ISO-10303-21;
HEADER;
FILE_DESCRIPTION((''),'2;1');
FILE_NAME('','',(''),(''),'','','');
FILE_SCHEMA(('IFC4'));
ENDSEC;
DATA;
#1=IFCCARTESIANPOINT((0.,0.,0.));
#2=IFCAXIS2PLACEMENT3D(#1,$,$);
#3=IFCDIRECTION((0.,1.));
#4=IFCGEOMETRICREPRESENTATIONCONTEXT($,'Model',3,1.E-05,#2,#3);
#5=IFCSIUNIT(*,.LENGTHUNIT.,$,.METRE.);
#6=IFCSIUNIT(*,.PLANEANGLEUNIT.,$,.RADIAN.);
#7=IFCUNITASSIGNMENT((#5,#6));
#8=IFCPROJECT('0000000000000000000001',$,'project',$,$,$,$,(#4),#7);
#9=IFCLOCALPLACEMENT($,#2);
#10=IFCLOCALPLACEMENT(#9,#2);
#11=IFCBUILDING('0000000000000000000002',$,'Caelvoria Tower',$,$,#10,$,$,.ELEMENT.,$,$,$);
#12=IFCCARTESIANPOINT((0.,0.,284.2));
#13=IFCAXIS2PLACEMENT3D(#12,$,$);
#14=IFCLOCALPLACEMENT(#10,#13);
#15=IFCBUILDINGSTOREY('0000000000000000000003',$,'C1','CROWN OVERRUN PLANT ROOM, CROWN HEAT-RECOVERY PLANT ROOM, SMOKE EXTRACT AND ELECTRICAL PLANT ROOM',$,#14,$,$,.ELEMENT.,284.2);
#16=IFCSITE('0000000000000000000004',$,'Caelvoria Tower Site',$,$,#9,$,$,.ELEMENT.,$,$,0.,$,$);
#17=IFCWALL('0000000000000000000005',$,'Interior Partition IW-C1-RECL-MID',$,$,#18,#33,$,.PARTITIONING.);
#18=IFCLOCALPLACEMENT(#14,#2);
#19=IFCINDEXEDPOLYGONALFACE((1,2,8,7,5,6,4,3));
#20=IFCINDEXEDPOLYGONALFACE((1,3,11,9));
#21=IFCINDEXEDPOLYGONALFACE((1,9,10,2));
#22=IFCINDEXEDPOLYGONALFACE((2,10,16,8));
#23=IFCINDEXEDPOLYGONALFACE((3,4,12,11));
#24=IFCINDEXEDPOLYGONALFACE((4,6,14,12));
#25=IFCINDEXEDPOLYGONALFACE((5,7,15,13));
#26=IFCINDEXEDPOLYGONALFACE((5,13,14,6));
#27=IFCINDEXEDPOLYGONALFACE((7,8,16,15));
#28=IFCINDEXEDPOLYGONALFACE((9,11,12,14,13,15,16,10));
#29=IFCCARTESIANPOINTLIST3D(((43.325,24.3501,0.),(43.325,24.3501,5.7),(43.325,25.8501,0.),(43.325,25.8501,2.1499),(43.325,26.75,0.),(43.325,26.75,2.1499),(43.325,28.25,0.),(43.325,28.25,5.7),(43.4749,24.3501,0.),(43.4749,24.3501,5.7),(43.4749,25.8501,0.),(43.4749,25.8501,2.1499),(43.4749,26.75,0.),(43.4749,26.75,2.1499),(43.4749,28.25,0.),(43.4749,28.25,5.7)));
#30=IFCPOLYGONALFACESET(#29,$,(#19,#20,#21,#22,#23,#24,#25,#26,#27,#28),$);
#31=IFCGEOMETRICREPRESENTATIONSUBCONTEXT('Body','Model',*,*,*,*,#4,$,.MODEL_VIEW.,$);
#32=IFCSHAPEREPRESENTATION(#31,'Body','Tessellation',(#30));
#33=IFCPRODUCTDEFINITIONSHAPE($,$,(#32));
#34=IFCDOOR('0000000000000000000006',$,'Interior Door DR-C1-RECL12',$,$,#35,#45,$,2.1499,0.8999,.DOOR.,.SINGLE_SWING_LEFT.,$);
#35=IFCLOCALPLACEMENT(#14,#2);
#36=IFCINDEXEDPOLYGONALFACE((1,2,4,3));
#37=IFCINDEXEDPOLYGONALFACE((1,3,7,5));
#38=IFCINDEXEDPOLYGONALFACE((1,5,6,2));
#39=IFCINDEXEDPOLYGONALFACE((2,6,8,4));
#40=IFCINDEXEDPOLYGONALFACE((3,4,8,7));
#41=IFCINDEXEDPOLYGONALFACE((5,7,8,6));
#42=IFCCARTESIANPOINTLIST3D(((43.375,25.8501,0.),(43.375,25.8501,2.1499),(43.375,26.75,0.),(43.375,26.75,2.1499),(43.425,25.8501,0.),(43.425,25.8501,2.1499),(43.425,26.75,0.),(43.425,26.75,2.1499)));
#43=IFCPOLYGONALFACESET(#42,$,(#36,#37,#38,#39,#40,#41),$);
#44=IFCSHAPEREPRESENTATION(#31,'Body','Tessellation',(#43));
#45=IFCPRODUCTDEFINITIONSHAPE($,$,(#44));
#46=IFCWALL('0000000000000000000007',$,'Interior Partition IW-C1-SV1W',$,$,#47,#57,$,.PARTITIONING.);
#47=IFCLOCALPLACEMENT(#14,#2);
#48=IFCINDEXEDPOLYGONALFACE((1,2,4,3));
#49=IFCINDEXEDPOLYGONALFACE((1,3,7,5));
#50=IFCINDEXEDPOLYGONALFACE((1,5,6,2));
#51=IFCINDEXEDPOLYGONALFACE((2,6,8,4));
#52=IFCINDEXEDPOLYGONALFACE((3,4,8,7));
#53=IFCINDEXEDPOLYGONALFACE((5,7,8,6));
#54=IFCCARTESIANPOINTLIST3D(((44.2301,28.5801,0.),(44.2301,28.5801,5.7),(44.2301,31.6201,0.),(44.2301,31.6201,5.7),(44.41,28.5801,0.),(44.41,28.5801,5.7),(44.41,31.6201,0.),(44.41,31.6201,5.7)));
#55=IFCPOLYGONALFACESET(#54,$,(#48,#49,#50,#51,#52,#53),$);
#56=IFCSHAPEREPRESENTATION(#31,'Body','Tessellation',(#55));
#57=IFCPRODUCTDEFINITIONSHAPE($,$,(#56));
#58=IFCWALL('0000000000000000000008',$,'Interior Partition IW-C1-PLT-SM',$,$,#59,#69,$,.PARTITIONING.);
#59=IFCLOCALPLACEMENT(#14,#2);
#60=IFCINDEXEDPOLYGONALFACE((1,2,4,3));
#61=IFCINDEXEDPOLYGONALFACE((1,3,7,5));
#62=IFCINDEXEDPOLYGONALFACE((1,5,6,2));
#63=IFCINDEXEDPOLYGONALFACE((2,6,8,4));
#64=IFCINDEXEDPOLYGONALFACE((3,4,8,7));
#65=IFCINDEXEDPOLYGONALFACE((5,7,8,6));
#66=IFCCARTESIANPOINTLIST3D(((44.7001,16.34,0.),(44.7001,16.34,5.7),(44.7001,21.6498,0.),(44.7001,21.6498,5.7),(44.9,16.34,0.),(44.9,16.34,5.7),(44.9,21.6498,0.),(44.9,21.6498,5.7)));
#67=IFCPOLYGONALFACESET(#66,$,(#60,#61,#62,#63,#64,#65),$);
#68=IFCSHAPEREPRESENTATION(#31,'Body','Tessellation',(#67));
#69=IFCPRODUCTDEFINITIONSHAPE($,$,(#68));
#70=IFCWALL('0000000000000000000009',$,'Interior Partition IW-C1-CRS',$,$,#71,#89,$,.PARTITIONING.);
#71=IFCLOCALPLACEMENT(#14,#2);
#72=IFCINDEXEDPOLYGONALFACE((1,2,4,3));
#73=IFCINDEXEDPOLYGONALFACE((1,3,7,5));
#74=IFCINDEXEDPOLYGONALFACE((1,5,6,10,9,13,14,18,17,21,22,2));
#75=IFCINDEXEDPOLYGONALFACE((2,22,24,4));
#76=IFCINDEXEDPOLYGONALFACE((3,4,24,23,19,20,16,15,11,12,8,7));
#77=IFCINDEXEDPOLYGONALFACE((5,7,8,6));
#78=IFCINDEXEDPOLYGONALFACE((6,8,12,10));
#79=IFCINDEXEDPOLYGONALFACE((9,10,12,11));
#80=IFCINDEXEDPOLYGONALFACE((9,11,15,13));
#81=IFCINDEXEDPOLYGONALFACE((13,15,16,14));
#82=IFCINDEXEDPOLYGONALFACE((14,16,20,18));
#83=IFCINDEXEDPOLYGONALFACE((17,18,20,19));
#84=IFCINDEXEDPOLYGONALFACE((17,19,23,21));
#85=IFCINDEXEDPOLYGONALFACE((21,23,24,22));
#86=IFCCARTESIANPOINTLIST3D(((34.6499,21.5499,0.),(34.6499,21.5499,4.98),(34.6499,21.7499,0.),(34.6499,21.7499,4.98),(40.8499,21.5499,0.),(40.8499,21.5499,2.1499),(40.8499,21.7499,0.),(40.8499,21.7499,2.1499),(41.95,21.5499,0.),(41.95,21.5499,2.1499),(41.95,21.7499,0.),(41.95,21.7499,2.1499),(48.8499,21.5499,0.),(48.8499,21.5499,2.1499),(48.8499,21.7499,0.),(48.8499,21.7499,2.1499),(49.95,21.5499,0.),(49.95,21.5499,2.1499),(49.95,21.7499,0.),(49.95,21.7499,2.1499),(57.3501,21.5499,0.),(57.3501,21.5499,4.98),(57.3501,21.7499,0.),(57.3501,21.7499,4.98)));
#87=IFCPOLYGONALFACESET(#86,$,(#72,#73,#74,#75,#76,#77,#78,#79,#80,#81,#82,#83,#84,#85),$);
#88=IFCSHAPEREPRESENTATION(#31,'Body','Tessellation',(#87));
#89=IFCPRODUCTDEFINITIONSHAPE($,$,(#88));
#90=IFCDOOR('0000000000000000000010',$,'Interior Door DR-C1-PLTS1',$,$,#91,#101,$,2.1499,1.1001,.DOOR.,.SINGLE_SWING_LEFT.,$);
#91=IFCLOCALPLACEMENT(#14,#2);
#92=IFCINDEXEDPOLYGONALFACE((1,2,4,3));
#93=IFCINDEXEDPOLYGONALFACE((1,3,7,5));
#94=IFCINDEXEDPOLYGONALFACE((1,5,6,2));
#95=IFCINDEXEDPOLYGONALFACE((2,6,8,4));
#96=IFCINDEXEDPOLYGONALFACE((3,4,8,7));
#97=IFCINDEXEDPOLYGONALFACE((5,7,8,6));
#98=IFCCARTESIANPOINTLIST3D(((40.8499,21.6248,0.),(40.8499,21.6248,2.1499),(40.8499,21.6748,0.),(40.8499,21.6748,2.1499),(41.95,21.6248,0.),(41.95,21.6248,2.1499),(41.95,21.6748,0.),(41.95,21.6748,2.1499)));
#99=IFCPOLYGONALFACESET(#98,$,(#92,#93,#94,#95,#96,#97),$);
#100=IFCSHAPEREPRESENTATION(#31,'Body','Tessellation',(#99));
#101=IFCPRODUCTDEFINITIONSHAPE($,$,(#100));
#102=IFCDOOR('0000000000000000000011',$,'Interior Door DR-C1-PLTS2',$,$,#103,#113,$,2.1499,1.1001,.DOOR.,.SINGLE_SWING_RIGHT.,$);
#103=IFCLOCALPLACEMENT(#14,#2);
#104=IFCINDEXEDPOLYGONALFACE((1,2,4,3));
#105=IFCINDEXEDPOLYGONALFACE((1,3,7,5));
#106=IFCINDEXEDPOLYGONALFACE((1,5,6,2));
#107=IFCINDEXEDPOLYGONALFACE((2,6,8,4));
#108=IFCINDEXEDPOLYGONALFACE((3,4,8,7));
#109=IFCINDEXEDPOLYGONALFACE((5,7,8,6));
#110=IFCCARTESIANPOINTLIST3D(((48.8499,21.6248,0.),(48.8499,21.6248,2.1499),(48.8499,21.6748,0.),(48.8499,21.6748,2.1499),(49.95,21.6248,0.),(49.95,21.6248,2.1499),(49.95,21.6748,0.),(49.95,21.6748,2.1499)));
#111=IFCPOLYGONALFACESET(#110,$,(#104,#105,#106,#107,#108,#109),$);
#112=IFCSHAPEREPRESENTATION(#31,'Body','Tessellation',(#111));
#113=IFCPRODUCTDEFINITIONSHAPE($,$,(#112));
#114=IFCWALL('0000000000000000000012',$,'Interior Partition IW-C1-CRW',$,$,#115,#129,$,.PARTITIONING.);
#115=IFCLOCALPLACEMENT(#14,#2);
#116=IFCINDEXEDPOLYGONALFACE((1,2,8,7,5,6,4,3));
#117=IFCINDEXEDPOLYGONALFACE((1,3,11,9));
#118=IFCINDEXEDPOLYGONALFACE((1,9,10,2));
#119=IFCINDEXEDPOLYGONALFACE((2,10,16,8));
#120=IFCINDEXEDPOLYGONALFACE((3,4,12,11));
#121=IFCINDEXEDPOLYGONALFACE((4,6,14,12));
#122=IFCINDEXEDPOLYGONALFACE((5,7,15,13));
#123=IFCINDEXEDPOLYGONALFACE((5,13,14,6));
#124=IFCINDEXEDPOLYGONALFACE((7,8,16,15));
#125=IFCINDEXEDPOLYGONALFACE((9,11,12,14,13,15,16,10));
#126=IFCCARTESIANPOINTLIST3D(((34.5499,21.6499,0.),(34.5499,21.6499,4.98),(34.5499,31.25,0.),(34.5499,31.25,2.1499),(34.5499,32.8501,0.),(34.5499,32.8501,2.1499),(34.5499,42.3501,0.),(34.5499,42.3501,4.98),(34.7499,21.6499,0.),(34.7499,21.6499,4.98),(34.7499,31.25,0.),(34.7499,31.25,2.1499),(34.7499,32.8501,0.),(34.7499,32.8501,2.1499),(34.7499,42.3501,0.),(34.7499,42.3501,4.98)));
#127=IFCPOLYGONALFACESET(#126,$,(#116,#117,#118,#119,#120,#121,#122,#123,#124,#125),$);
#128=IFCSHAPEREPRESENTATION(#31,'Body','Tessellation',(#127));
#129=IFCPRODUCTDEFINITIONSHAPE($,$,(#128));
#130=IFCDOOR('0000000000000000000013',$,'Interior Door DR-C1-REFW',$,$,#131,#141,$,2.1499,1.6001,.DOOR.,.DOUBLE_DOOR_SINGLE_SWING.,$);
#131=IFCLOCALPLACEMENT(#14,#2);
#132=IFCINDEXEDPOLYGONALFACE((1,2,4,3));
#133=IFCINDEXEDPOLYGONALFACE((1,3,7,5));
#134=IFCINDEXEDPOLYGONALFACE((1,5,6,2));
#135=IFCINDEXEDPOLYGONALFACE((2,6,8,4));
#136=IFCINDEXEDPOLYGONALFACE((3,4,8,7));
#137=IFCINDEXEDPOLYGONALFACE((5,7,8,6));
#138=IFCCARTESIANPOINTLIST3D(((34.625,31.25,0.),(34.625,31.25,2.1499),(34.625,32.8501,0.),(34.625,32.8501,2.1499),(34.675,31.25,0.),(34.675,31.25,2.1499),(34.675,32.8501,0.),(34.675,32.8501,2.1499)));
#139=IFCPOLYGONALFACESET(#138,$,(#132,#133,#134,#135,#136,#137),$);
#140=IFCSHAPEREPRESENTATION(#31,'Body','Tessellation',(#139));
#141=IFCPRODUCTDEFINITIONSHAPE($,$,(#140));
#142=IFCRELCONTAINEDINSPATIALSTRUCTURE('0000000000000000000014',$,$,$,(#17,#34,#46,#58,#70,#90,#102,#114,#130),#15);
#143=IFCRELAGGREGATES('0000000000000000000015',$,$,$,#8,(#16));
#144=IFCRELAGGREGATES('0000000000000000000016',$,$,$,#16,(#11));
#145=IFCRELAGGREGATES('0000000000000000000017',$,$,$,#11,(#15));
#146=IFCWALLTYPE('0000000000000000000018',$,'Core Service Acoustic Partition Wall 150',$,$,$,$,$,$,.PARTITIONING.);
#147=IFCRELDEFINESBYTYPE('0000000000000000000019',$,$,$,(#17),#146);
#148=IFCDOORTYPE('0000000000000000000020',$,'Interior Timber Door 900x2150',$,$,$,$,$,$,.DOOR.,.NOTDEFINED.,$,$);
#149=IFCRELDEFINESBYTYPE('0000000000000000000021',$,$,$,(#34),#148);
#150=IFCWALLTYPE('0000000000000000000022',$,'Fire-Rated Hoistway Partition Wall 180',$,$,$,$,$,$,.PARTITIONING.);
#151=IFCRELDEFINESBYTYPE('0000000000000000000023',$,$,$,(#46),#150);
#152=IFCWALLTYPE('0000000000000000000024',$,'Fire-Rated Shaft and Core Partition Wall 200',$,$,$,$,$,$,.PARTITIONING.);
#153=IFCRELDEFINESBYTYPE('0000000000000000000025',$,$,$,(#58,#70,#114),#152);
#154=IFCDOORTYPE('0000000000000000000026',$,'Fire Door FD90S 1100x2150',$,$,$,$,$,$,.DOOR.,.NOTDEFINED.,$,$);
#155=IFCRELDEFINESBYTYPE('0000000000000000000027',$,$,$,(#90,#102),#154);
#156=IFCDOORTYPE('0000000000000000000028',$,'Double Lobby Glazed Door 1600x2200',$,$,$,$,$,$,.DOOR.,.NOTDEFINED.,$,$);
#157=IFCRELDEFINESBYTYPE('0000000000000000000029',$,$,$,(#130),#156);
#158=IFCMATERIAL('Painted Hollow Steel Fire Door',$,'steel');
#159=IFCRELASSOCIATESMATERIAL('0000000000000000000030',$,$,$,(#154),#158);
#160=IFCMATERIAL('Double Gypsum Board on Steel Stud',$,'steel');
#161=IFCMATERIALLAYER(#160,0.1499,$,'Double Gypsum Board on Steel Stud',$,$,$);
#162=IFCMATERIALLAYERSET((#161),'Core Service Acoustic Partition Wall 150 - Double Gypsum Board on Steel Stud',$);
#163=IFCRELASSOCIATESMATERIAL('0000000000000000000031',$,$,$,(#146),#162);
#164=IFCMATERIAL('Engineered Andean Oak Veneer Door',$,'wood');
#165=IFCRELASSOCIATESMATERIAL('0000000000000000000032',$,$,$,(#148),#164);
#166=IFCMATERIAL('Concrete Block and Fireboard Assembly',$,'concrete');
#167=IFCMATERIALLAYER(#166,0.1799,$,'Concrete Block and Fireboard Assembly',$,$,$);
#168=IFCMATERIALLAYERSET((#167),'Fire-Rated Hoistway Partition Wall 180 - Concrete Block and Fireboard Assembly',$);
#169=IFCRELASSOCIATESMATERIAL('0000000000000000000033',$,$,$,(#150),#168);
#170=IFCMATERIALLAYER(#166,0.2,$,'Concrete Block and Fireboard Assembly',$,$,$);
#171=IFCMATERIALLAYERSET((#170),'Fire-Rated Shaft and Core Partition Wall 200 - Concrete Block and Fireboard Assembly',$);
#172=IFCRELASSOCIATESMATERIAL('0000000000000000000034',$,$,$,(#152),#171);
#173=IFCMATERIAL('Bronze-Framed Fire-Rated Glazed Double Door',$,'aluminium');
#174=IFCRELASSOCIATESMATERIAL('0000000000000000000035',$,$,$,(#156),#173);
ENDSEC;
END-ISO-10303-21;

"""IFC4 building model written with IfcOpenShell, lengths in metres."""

from ifc_helpers import new_model, si_unit, direction, frame, frame_2d, origin, place, context, subcontext, project, spatial, rectangle, extrude, material, layer, layer_set, type_object, element, fill, save


model = new_model("IFC4")

# Units and contexts
model_context = context("Model", 3, precision=1e-05, world=origin(), true_north=direction((0.0, 1.0)))
body_context = subcontext(model_context, "Body", "Model", "MODEL_VIEW")
ifc_project = project(units=[si_unit("LENGTHUNIT", "METRE"), si_unit("PLANEANGLEUNIT", "RADIAN")], contexts=[model_context])

# Site, building, storey
site_placement = place(None, origin())
site = spatial("IfcSite", under=ifc_project, at=site_placement, Name="Caelvoria Tower Site", CompositionType="ELEMENT", RefElevation=0.0)
building_placement = place(site_placement, origin())
building = spatial("IfcBuilding", under=site, at=building_placement, Name="Caelvoria Tower", CompositionType="ELEMENT")
storey_placement = place(building_placement, frame((0.0, 0.0, 284.2)))
storey = spatial("IfcBuildingStorey", under=building, at=storey_placement, Name="C1", Description="CROWN OVERRUN PLANT ROOM, CROWN HEAT-RECOVERY PLANT ROOM, SMOKE EXTRACT AND ELECTRICAL PLANT ROOM", CompositionType="ELEMENT", Elevation=284.2)

# Shared definitions
ifc_material_1 = material(Name="Painted Hollow Steel Fire Door", Category="steel")
door_type_1 = type_object("IfcDoorType", Name="Fire Door FD90S 1100x2150", OperationType="NOTDEFINED", PredefinedType="DOOR", material=ifc_material_1)

# Wall, opening, door
ifc_material_2 = material(Name="Double Gypsum Board on Steel Stud", Category="steel")
ifc_layer_1 = layer(ifc_material_2, 0.1499, Name="Double Gypsum Board on Steel Stud")
ifc_layer_set_1 = layer_set([ifc_layer_1], Name="Core Service Acoustic Partition Wall 150 - Double Gypsum Board on Steel Stud")
wall_type_1 = type_object("IfcWallType", Name="Core Service Acoustic Partition Wall 150", PredefinedType="PARTITIONING", material=ifc_layer_set_1)
wall_1_placement = place(storey_placement, frame((43.3999, 24.3501, 0.0), z_axis=(0.0, 0.0, 1.0), x_axis=(0.0, 1.0, 0.0)))
wall_1 = element("IfcWall", 1, at=wall_1_placement, inside=storey, type_object=wall_type_1, Name="Interior Partition IW-C1-RECL-MID", PredefinedType="PARTITIONING", context=body_context, shape_type="SweptSolid", body=[
    extrude(rectangle(XDim=3.8999, YDim=0.1499, at=frame_2d((1.95, 0.0))), origin(), (0.0, 0.0, 1.0), 5.7),
])
opening_1_placement = place(wall_1_placement, frame((1.5, 0.0, 0.0)))
opening_1 = element("IfcOpeningElement", 2, at=opening_1_placement, cuts=wall_1, PredefinedType="OPENING", context=body_context, shape_type="SweptSolid", body=[
    extrude(rectangle(XDim=0.8999, YDim=2.1499, at=frame_2d((0.45, 1.075))), frame((0.0, 0.085, 0.0), z_axis=(0.0, -1.0, 0.0), x_axis=(1.0, 0.0, 0.0)), (0.0, 0.0, 1.0), 0.1699),
])
ifc_material_3 = material(Name="Engineered Andean Oak Veneer Door", Category="wood")
door_type_2 = type_object("IfcDoorType", Name="Interior Timber Door 900x2150", OperationType="NOTDEFINED", PredefinedType="DOOR", material=ifc_material_3)
door_1_placement = place(opening_1_placement, origin())
door_1 = element("IfcDoor", 3, at=door_1_placement, inside=storey, type_object=door_type_2, Name="Interior Door DR-C1-RECL12", OperationType="SINGLE_SWING_LEFT", OverallHeight=2.1499, OverallWidth=0.8999, PredefinedType="DOOR", context=body_context, shape_type="SweptSolid", body=[
    extrude(rectangle(XDim=0.8999, YDim=2.1499, at=frame_2d((0.45, 1.075))), frame((0.0, 0.0249, 0.0), z_axis=(0.0, -1.0, 0.0), x_axis=(1.0, 0.0, 0.0)), (0.0, 0.0, 1.0), 0.05),
])
fill(opening_1, door_1)

# Wall
ifc_material_4 = material(Name="Concrete Block and Fireboard Assembly", Category="concrete")
ifc_layer_2 = layer(ifc_material_4, 0.1799, Name="Concrete Block and Fireboard Assembly")
ifc_layer_set_2 = layer_set([ifc_layer_2], Name="Fire-Rated Hoistway Partition Wall 180 - Concrete Block and Fireboard Assembly")
wall_type_2 = type_object("IfcWallType", Name="Fire-Rated Hoistway Partition Wall 180", PredefinedType="PARTITIONING", material=ifc_layer_set_2)
wall_2_placement = place(storey_placement, frame((44.3201, 28.5801, 0.0), z_axis=(0.0, 0.0, 1.0), x_axis=(0.0, 1.0, 0.0)))
element("IfcWall", 4, at=wall_2_placement, inside=storey, type_object=wall_type_2, Name="Interior Partition IW-C1-SV1W", PredefinedType="PARTITIONING", context=body_context, shape_type="SweptSolid", body=[
    extrude(rectangle(XDim=3.04, YDim=0.1799, at=frame_2d((1.52, 0.0))), origin(), (0.0, 0.0, 1.0), 5.7),
])

# Shared definitions
ifc_layer_3 = layer(ifc_material_4, 0.2, Name="Concrete Block and Fireboard Assembly")
ifc_layer_set_3 = layer_set([ifc_layer_3], Name="Fire-Rated Shaft and Core Partition Wall 200 - Concrete Block and Fireboard Assembly")
wall_type_3 = type_object("IfcWallType", Name="Fire-Rated Shaft and Core Partition Wall 200", PredefinedType="PARTITIONING", material=ifc_layer_set_3)

# Wall
wall_3_placement = place(storey_placement, frame((44.8, 16.3401, 0.0), z_axis=(0.0, 0.0, 1.0), x_axis=(0.0, 1.0, 0.0)))
element("IfcWall", 5, at=wall_3_placement, inside=storey, type_object=wall_type_3, Name="Interior Partition IW-C1-PLT-SM", PredefinedType="PARTITIONING", context=body_context, shape_type="SweptSolid", body=[
    extrude(rectangle(XDim=5.3098, YDim=0.2, at=frame_2d((2.6548, 0.0))), origin(), (0.0, 0.0, 1.0), 5.7),
])

# Wall, openings, doors
wall_4_placement = place(storey_placement, frame((34.6499, 21.6499, 0.0), z_axis=(0.0, 0.0, 1.0), x_axis=(1.0, 0.0, 0.0)))
wall_4 = element("IfcWall", 6, at=wall_4_placement, inside=storey, type_object=wall_type_3, Name="Interior Partition IW-C1-CRS", PredefinedType="PARTITIONING", context=body_context, shape_type="SweptSolid", body=[
    extrude(rectangle(XDim=22.7002, YDim=0.2, at=frame_2d((11.3501, 0.0))), origin(), (0.0, 0.0, 1.0), 4.98),
])
opening_2_placement = place(wall_4_placement, frame((6.2, 0.0, 0.0)))
opening_2 = element("IfcOpeningElement", 7, at=opening_2_placement, cuts=wall_4, PredefinedType="OPENING", context=body_context, shape_type="SweptSolid", body=[
    extrude(rectangle(XDim=1.1001, YDim=2.1499, at=frame_2d((0.55, 1.075))), frame((0.0, 0.1099, 0.0), z_axis=(0.0, -1.0, 0.0), x_axis=(1.0, 0.0, 0.0)), (0.0, 0.0, 1.0), 0.22),
])
opening_3_placement = place(wall_4_placement, frame((14.2, 0.0, 0.0)))
opening_3 = element("IfcOpeningElement", 8, at=opening_3_placement, cuts=wall_4, PredefinedType="OPENING", context=body_context, shape_type="SweptSolid", body=[
    extrude(rectangle(XDim=1.1001, YDim=2.1499, at=frame_2d((0.55, 1.075))), frame((0.0, 0.1099, 0.0), z_axis=(0.0, -1.0, 0.0), x_axis=(1.0, 0.0, 0.0)), (0.0, 0.0, 1.0), 0.22),
])
door_2_placement = place(opening_2_placement, origin())
door_2 = element("IfcDoor", 9, at=door_2_placement, inside=storey, type_object=door_type_1, Name="Interior Door DR-C1-PLTS1", OperationType="SINGLE_SWING_LEFT", OverallHeight=2.1499, OverallWidth=1.1001, PredefinedType="DOOR", context=body_context, shape_type="SweptSolid", body=[
    extrude(rectangle(XDim=1.1001, YDim=2.1499, at=frame_2d((0.55, 1.075))), frame((0.0, 0.0249, 0.0), z_axis=(0.0, -1.0, 0.0), x_axis=(1.0, 0.0, 0.0)), (0.0, 0.0, 1.0), 0.05),
])
fill(opening_2, door_2)
door_3_placement = place(opening_3_placement, origin())
door_3 = element("IfcDoor", 10, at=door_3_placement, inside=storey, type_object=door_type_1, Name="Interior Door DR-C1-PLTS2", OperationType="SINGLE_SWING_RIGHT", OverallHeight=2.1499, OverallWidth=1.1001, PredefinedType="DOOR", context=body_context, shape_type="SweptSolid", body=[
    extrude(rectangle(XDim=1.1001, YDim=2.1499, at=frame_2d((0.55, 1.075))), frame((0.0, 0.0249, 0.0), z_axis=(0.0, -1.0, 0.0), x_axis=(1.0, 0.0, 0.0)), (0.0, 0.0, 1.0), 0.05),
])
fill(opening_3, door_3)

# Wall, opening, door
wall_5_placement = place(storey_placement, frame((34.6499, 21.6499, 0.0), z_axis=(0.0, 0.0, 1.0), x_axis=(0.0, 1.0, 0.0)))
wall_5 = element("IfcWall", 11, at=wall_5_placement, inside=storey, type_object=wall_type_3, Name="Interior Partition IW-C1-CRW", PredefinedType="PARTITIONING", context=body_context, shape_type="SweptSolid", body=[
    extrude(rectangle(XDim=20.7002, YDim=0.2, at=frame_2d((10.3501, 0.0))), origin(), (0.0, 0.0, 1.0), 4.98),
])
opening_4_placement = place(wall_5_placement, frame((9.6001, 0.0, 0.0)))
opening_4 = element("IfcOpeningElement", 12, at=opening_4_placement, cuts=wall_5, PredefinedType="OPENING", context=body_context, shape_type="SweptSolid", body=[
    extrude(rectangle(XDim=1.6001, YDim=2.1499, at=frame_2d((0.8, 1.075))), frame((0.0, 0.1099, 0.0), z_axis=(0.0, -1.0, 0.0), x_axis=(1.0, 0.0, 0.0)), (0.0, 0.0, 1.0), 0.22),
])
ifc_material_5 = material(Name="Bronze-Framed Fire-Rated Glazed Double Door", Category="aluminium")
door_type_3 = type_object("IfcDoorType", Name="Double Lobby Glazed Door 1600x2200", OperationType="NOTDEFINED", PredefinedType="DOOR", material=ifc_material_5)
door_4_placement = place(opening_4_placement, origin())
door_4 = element("IfcDoor", 13, at=door_4_placement, inside=storey, type_object=door_type_3, Name="Interior Door DR-C1-REFW", OperationType="DOUBLE_DOOR_SINGLE_SWING", OverallHeight=2.1499, OverallWidth=1.6001, PredefinedType="DOOR", context=body_context, shape_type="SweptSolid", body=[
    extrude(rectangle(XDim=1.6001, YDim=2.1499, at=frame_2d((0.8, 1.075))), frame((0.0, 0.0249, 0.0), z_axis=(0.0, -1.0, 0.0), x_axis=(1.0, 0.0, 0.0)), (0.0, 0.0, 1.0), 0.05),
])
fill(opening_4, door_4)

save(model, "model.ifc")
